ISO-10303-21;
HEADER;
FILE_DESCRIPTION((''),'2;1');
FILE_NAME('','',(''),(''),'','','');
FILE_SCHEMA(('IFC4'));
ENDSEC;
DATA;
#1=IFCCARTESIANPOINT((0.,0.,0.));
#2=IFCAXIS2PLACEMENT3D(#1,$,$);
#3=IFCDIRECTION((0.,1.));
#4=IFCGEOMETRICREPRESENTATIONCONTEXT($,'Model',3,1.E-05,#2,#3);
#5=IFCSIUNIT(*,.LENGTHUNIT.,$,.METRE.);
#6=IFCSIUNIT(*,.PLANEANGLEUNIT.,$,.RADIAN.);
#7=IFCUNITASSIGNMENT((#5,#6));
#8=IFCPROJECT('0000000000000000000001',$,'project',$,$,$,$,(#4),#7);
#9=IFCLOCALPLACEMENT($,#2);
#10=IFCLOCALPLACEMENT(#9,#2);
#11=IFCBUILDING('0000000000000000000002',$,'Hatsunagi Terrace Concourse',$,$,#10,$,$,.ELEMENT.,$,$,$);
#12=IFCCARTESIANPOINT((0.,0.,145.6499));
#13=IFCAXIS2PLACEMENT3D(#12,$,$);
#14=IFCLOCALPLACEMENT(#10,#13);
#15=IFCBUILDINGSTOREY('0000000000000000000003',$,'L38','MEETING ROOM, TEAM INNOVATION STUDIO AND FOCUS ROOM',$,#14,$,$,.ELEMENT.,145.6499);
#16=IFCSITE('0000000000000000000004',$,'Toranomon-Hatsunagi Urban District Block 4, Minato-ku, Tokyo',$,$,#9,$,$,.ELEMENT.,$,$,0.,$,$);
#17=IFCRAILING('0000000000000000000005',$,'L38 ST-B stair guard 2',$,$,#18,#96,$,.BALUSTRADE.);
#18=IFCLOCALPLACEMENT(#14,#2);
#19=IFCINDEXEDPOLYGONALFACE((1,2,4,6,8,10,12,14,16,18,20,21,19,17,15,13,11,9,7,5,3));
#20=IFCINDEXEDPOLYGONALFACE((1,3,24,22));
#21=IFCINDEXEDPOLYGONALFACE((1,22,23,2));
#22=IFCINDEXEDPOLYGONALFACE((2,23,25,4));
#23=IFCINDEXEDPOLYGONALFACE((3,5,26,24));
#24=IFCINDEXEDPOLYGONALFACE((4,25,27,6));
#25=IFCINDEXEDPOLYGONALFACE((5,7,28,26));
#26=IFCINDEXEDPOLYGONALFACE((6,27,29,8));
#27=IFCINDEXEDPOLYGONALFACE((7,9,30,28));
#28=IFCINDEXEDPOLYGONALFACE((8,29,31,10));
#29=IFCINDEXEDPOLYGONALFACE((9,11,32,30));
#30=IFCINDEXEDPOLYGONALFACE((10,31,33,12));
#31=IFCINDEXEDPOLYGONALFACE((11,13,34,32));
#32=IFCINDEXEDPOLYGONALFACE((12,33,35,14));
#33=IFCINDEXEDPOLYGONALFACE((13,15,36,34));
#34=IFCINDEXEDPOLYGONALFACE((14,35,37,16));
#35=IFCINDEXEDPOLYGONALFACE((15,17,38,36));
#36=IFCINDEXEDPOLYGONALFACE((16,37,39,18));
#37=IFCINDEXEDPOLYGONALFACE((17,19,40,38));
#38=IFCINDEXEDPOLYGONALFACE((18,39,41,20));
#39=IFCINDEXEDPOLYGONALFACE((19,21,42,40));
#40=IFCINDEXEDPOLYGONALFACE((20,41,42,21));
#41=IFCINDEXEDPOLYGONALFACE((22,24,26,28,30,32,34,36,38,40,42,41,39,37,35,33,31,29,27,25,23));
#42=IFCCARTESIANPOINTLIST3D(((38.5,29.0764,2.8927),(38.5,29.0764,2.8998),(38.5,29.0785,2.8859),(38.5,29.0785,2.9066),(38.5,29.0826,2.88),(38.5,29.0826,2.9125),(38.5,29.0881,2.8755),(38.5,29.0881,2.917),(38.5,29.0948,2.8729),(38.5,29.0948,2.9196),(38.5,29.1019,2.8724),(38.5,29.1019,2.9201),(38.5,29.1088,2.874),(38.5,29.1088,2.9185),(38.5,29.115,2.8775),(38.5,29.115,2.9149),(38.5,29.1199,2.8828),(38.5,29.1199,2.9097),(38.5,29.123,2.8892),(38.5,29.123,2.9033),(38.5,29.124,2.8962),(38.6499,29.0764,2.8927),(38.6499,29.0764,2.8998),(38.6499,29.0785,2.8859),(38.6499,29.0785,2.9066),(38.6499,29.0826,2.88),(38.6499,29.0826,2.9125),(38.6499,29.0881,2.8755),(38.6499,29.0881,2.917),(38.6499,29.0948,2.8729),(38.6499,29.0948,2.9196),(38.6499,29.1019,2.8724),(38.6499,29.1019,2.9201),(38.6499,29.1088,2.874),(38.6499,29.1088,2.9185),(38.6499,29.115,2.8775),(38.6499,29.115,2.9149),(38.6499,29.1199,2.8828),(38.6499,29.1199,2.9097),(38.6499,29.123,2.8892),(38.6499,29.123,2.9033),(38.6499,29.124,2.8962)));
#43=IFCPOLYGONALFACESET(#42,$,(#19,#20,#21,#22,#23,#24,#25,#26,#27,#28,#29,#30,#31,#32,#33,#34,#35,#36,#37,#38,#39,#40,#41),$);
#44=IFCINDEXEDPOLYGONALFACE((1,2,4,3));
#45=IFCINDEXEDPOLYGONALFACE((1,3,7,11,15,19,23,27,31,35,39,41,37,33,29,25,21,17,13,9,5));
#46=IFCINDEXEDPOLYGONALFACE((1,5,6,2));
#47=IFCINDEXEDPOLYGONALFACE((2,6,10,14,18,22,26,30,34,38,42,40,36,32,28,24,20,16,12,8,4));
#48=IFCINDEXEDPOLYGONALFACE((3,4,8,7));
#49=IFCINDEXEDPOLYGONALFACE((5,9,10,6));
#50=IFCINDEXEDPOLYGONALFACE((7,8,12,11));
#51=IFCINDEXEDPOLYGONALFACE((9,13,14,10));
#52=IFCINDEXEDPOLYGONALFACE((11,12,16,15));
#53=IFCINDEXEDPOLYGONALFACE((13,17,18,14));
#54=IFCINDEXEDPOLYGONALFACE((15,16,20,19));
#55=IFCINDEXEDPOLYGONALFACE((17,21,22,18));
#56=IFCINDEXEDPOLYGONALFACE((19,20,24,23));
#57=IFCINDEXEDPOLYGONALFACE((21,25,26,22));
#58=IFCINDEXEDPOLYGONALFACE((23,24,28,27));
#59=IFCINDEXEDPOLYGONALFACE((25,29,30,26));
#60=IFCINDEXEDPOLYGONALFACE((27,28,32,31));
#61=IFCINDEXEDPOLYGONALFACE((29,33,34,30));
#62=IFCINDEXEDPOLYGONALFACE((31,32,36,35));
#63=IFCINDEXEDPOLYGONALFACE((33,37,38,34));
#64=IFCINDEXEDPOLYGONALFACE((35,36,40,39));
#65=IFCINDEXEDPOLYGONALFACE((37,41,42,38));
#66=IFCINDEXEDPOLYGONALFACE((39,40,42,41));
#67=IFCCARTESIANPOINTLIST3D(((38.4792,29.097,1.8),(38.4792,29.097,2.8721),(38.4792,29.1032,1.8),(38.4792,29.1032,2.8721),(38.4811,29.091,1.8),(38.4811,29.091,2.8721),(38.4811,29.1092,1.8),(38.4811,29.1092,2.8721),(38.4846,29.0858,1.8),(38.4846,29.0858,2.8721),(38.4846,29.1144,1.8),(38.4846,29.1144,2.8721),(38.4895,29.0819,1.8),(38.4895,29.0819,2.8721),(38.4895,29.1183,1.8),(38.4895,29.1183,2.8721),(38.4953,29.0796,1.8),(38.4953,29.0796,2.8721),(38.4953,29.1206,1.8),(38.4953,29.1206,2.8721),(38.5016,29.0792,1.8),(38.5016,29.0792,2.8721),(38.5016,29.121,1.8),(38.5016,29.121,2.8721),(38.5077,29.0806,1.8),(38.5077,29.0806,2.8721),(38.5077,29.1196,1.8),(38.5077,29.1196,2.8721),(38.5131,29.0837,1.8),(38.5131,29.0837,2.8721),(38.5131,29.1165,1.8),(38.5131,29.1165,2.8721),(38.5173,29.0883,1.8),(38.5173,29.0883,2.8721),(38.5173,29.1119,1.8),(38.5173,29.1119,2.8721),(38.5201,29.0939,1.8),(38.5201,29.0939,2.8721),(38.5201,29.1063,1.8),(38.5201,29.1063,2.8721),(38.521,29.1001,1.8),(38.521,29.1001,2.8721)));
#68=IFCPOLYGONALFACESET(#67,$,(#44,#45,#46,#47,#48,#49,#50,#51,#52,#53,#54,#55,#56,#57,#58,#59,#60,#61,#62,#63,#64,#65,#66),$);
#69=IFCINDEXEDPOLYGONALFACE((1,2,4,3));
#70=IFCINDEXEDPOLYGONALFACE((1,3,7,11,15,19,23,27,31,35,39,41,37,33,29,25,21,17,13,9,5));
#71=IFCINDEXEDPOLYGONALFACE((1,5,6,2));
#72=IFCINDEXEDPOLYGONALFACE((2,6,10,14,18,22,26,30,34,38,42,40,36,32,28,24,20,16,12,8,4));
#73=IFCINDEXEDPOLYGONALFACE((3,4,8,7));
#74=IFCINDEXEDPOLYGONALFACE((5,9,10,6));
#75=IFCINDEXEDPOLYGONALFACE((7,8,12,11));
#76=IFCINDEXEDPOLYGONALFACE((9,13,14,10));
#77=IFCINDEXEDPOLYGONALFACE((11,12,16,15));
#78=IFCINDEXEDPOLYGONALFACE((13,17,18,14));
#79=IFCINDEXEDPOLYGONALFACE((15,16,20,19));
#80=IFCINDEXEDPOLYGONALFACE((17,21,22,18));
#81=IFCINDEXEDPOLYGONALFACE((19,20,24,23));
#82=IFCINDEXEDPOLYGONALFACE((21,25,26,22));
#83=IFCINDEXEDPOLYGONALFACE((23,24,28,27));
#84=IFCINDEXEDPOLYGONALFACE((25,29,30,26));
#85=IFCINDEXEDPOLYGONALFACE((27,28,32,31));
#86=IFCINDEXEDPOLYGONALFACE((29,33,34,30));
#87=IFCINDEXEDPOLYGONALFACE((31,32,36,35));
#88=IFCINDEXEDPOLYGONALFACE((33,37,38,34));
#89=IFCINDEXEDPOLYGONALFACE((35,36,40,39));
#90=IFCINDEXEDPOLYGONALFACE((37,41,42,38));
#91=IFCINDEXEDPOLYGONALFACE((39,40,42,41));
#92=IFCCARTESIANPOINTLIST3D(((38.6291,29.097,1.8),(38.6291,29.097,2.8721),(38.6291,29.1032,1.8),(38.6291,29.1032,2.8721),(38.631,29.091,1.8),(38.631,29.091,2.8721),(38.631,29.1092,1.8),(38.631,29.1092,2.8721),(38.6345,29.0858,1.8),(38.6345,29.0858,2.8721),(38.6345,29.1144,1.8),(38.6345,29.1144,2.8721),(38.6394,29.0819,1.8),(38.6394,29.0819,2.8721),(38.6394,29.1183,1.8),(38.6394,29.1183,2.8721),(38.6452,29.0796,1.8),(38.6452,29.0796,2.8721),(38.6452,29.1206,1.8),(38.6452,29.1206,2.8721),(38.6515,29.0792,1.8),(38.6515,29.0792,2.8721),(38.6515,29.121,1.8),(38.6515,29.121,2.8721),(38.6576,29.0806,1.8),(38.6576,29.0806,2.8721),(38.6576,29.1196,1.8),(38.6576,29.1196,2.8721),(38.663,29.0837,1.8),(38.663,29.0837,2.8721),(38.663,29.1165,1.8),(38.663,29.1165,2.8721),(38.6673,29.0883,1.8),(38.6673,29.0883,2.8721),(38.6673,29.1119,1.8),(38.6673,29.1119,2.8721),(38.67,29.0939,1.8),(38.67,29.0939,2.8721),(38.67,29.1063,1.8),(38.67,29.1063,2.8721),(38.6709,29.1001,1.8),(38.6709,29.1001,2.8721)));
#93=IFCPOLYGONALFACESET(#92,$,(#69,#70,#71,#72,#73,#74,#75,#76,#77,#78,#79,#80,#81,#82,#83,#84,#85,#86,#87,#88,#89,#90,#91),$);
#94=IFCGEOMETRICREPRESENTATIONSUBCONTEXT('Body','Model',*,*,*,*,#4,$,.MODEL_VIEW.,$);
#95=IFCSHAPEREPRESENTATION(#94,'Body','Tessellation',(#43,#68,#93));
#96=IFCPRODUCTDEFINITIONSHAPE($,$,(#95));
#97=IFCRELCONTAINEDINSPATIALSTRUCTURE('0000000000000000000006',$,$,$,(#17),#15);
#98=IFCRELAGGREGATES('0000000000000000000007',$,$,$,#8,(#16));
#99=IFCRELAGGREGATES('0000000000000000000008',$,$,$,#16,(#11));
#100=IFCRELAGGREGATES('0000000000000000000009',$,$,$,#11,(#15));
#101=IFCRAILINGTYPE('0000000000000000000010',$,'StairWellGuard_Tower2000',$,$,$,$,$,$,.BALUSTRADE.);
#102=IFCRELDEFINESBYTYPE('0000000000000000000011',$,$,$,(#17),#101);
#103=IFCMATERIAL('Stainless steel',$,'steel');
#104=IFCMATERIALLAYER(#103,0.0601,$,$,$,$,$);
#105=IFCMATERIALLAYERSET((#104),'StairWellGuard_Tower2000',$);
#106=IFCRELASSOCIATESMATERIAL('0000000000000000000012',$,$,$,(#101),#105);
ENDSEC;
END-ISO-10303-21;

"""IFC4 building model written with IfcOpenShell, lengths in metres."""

from ifc_helpers import new_model, si_unit, direction, frame, origin, origin_2d, place, context, subcontext, project, spatial, circle, extrude, material, layer, layer_set, type_object, element, save


model = new_model("IFC4")

# Units and contexts
model_context = context("Model", 3, precision=1e-05, world=origin(), true_north=direction((0.0, 1.0)))
body_context = subcontext(model_context, "Body", "Model", "MODEL_VIEW")
ifc_project = project(units=[si_unit("LENGTHUNIT", "METRE"), si_unit("PLANEANGLEUNIT", "RADIAN")], contexts=[model_context])

# Site, building, storey
site_placement = place(None, origin())
site = spatial("IfcSite", under=ifc_project, at=site_placement, Name="Toranomon-Hatsunagi Urban District Block 4, Minato-ku, Tokyo", CompositionType="ELEMENT", RefElevation=0.0)
building_placement = place(site_placement, origin())
building = spatial("IfcBuilding", under=site, at=building_placement, Name="Hatsunagi Terrace Concourse", CompositionType="ELEMENT")
storey_placement = place(building_placement, frame((0.0, 0.0, 145.6499)))
storey = spatial("IfcBuildingStorey", under=building, at=storey_placement, Name="L38", Description="MEETING ROOM, TEAM INNOVATION STUDIO AND FOCUS ROOM", CompositionType="ELEMENT", Elevation=145.6499)

# Railing
ifc_material_1 = material(Name="Stainless steel", Category="steel")
ifc_layer_1 = layer(ifc_material_1, 0.0601)
ifc_layer_set_1 = layer_set([ifc_layer_1], Name="StairWellGuard_Tower2000")
railing_type = type_object("IfcRailingType", Name="StairWellGuard_Tower2000", PredefinedType="BALUSTRADE", material=ifc_layer_set_1)
railing_placement = place(storey_placement, frame((38.5, 29.1001, 1.8)))
element("IfcRailing", 1, at=railing_placement, inside=storey, type_object=railing_type, Name="L38 ST-B stair guard 2", PredefinedType="BALUSTRADE", context=body_context, shape_type="SweptSolid", body=[
    extrude(circle(Radius=0.0239, at=origin_2d()), frame((0.0, 0.0, 1.0962), z_axis=(1.0, 0.0, 0.0), x_axis=(0.0, 1.0, 0.0)), (0.0, 0.0, 1.0), 0.1499),
    extrude(circle(Radius=0.021, at=origin_2d()), origin(), (0.0, 0.0, 1.0), 1.072),
    extrude(circle(Radius=0.021, at=origin_2d()), frame((0.1499, 0.0, 0.0)), (0.0, 0.0, 1.0), 1.072),
])

save(model, "model.ifc")
